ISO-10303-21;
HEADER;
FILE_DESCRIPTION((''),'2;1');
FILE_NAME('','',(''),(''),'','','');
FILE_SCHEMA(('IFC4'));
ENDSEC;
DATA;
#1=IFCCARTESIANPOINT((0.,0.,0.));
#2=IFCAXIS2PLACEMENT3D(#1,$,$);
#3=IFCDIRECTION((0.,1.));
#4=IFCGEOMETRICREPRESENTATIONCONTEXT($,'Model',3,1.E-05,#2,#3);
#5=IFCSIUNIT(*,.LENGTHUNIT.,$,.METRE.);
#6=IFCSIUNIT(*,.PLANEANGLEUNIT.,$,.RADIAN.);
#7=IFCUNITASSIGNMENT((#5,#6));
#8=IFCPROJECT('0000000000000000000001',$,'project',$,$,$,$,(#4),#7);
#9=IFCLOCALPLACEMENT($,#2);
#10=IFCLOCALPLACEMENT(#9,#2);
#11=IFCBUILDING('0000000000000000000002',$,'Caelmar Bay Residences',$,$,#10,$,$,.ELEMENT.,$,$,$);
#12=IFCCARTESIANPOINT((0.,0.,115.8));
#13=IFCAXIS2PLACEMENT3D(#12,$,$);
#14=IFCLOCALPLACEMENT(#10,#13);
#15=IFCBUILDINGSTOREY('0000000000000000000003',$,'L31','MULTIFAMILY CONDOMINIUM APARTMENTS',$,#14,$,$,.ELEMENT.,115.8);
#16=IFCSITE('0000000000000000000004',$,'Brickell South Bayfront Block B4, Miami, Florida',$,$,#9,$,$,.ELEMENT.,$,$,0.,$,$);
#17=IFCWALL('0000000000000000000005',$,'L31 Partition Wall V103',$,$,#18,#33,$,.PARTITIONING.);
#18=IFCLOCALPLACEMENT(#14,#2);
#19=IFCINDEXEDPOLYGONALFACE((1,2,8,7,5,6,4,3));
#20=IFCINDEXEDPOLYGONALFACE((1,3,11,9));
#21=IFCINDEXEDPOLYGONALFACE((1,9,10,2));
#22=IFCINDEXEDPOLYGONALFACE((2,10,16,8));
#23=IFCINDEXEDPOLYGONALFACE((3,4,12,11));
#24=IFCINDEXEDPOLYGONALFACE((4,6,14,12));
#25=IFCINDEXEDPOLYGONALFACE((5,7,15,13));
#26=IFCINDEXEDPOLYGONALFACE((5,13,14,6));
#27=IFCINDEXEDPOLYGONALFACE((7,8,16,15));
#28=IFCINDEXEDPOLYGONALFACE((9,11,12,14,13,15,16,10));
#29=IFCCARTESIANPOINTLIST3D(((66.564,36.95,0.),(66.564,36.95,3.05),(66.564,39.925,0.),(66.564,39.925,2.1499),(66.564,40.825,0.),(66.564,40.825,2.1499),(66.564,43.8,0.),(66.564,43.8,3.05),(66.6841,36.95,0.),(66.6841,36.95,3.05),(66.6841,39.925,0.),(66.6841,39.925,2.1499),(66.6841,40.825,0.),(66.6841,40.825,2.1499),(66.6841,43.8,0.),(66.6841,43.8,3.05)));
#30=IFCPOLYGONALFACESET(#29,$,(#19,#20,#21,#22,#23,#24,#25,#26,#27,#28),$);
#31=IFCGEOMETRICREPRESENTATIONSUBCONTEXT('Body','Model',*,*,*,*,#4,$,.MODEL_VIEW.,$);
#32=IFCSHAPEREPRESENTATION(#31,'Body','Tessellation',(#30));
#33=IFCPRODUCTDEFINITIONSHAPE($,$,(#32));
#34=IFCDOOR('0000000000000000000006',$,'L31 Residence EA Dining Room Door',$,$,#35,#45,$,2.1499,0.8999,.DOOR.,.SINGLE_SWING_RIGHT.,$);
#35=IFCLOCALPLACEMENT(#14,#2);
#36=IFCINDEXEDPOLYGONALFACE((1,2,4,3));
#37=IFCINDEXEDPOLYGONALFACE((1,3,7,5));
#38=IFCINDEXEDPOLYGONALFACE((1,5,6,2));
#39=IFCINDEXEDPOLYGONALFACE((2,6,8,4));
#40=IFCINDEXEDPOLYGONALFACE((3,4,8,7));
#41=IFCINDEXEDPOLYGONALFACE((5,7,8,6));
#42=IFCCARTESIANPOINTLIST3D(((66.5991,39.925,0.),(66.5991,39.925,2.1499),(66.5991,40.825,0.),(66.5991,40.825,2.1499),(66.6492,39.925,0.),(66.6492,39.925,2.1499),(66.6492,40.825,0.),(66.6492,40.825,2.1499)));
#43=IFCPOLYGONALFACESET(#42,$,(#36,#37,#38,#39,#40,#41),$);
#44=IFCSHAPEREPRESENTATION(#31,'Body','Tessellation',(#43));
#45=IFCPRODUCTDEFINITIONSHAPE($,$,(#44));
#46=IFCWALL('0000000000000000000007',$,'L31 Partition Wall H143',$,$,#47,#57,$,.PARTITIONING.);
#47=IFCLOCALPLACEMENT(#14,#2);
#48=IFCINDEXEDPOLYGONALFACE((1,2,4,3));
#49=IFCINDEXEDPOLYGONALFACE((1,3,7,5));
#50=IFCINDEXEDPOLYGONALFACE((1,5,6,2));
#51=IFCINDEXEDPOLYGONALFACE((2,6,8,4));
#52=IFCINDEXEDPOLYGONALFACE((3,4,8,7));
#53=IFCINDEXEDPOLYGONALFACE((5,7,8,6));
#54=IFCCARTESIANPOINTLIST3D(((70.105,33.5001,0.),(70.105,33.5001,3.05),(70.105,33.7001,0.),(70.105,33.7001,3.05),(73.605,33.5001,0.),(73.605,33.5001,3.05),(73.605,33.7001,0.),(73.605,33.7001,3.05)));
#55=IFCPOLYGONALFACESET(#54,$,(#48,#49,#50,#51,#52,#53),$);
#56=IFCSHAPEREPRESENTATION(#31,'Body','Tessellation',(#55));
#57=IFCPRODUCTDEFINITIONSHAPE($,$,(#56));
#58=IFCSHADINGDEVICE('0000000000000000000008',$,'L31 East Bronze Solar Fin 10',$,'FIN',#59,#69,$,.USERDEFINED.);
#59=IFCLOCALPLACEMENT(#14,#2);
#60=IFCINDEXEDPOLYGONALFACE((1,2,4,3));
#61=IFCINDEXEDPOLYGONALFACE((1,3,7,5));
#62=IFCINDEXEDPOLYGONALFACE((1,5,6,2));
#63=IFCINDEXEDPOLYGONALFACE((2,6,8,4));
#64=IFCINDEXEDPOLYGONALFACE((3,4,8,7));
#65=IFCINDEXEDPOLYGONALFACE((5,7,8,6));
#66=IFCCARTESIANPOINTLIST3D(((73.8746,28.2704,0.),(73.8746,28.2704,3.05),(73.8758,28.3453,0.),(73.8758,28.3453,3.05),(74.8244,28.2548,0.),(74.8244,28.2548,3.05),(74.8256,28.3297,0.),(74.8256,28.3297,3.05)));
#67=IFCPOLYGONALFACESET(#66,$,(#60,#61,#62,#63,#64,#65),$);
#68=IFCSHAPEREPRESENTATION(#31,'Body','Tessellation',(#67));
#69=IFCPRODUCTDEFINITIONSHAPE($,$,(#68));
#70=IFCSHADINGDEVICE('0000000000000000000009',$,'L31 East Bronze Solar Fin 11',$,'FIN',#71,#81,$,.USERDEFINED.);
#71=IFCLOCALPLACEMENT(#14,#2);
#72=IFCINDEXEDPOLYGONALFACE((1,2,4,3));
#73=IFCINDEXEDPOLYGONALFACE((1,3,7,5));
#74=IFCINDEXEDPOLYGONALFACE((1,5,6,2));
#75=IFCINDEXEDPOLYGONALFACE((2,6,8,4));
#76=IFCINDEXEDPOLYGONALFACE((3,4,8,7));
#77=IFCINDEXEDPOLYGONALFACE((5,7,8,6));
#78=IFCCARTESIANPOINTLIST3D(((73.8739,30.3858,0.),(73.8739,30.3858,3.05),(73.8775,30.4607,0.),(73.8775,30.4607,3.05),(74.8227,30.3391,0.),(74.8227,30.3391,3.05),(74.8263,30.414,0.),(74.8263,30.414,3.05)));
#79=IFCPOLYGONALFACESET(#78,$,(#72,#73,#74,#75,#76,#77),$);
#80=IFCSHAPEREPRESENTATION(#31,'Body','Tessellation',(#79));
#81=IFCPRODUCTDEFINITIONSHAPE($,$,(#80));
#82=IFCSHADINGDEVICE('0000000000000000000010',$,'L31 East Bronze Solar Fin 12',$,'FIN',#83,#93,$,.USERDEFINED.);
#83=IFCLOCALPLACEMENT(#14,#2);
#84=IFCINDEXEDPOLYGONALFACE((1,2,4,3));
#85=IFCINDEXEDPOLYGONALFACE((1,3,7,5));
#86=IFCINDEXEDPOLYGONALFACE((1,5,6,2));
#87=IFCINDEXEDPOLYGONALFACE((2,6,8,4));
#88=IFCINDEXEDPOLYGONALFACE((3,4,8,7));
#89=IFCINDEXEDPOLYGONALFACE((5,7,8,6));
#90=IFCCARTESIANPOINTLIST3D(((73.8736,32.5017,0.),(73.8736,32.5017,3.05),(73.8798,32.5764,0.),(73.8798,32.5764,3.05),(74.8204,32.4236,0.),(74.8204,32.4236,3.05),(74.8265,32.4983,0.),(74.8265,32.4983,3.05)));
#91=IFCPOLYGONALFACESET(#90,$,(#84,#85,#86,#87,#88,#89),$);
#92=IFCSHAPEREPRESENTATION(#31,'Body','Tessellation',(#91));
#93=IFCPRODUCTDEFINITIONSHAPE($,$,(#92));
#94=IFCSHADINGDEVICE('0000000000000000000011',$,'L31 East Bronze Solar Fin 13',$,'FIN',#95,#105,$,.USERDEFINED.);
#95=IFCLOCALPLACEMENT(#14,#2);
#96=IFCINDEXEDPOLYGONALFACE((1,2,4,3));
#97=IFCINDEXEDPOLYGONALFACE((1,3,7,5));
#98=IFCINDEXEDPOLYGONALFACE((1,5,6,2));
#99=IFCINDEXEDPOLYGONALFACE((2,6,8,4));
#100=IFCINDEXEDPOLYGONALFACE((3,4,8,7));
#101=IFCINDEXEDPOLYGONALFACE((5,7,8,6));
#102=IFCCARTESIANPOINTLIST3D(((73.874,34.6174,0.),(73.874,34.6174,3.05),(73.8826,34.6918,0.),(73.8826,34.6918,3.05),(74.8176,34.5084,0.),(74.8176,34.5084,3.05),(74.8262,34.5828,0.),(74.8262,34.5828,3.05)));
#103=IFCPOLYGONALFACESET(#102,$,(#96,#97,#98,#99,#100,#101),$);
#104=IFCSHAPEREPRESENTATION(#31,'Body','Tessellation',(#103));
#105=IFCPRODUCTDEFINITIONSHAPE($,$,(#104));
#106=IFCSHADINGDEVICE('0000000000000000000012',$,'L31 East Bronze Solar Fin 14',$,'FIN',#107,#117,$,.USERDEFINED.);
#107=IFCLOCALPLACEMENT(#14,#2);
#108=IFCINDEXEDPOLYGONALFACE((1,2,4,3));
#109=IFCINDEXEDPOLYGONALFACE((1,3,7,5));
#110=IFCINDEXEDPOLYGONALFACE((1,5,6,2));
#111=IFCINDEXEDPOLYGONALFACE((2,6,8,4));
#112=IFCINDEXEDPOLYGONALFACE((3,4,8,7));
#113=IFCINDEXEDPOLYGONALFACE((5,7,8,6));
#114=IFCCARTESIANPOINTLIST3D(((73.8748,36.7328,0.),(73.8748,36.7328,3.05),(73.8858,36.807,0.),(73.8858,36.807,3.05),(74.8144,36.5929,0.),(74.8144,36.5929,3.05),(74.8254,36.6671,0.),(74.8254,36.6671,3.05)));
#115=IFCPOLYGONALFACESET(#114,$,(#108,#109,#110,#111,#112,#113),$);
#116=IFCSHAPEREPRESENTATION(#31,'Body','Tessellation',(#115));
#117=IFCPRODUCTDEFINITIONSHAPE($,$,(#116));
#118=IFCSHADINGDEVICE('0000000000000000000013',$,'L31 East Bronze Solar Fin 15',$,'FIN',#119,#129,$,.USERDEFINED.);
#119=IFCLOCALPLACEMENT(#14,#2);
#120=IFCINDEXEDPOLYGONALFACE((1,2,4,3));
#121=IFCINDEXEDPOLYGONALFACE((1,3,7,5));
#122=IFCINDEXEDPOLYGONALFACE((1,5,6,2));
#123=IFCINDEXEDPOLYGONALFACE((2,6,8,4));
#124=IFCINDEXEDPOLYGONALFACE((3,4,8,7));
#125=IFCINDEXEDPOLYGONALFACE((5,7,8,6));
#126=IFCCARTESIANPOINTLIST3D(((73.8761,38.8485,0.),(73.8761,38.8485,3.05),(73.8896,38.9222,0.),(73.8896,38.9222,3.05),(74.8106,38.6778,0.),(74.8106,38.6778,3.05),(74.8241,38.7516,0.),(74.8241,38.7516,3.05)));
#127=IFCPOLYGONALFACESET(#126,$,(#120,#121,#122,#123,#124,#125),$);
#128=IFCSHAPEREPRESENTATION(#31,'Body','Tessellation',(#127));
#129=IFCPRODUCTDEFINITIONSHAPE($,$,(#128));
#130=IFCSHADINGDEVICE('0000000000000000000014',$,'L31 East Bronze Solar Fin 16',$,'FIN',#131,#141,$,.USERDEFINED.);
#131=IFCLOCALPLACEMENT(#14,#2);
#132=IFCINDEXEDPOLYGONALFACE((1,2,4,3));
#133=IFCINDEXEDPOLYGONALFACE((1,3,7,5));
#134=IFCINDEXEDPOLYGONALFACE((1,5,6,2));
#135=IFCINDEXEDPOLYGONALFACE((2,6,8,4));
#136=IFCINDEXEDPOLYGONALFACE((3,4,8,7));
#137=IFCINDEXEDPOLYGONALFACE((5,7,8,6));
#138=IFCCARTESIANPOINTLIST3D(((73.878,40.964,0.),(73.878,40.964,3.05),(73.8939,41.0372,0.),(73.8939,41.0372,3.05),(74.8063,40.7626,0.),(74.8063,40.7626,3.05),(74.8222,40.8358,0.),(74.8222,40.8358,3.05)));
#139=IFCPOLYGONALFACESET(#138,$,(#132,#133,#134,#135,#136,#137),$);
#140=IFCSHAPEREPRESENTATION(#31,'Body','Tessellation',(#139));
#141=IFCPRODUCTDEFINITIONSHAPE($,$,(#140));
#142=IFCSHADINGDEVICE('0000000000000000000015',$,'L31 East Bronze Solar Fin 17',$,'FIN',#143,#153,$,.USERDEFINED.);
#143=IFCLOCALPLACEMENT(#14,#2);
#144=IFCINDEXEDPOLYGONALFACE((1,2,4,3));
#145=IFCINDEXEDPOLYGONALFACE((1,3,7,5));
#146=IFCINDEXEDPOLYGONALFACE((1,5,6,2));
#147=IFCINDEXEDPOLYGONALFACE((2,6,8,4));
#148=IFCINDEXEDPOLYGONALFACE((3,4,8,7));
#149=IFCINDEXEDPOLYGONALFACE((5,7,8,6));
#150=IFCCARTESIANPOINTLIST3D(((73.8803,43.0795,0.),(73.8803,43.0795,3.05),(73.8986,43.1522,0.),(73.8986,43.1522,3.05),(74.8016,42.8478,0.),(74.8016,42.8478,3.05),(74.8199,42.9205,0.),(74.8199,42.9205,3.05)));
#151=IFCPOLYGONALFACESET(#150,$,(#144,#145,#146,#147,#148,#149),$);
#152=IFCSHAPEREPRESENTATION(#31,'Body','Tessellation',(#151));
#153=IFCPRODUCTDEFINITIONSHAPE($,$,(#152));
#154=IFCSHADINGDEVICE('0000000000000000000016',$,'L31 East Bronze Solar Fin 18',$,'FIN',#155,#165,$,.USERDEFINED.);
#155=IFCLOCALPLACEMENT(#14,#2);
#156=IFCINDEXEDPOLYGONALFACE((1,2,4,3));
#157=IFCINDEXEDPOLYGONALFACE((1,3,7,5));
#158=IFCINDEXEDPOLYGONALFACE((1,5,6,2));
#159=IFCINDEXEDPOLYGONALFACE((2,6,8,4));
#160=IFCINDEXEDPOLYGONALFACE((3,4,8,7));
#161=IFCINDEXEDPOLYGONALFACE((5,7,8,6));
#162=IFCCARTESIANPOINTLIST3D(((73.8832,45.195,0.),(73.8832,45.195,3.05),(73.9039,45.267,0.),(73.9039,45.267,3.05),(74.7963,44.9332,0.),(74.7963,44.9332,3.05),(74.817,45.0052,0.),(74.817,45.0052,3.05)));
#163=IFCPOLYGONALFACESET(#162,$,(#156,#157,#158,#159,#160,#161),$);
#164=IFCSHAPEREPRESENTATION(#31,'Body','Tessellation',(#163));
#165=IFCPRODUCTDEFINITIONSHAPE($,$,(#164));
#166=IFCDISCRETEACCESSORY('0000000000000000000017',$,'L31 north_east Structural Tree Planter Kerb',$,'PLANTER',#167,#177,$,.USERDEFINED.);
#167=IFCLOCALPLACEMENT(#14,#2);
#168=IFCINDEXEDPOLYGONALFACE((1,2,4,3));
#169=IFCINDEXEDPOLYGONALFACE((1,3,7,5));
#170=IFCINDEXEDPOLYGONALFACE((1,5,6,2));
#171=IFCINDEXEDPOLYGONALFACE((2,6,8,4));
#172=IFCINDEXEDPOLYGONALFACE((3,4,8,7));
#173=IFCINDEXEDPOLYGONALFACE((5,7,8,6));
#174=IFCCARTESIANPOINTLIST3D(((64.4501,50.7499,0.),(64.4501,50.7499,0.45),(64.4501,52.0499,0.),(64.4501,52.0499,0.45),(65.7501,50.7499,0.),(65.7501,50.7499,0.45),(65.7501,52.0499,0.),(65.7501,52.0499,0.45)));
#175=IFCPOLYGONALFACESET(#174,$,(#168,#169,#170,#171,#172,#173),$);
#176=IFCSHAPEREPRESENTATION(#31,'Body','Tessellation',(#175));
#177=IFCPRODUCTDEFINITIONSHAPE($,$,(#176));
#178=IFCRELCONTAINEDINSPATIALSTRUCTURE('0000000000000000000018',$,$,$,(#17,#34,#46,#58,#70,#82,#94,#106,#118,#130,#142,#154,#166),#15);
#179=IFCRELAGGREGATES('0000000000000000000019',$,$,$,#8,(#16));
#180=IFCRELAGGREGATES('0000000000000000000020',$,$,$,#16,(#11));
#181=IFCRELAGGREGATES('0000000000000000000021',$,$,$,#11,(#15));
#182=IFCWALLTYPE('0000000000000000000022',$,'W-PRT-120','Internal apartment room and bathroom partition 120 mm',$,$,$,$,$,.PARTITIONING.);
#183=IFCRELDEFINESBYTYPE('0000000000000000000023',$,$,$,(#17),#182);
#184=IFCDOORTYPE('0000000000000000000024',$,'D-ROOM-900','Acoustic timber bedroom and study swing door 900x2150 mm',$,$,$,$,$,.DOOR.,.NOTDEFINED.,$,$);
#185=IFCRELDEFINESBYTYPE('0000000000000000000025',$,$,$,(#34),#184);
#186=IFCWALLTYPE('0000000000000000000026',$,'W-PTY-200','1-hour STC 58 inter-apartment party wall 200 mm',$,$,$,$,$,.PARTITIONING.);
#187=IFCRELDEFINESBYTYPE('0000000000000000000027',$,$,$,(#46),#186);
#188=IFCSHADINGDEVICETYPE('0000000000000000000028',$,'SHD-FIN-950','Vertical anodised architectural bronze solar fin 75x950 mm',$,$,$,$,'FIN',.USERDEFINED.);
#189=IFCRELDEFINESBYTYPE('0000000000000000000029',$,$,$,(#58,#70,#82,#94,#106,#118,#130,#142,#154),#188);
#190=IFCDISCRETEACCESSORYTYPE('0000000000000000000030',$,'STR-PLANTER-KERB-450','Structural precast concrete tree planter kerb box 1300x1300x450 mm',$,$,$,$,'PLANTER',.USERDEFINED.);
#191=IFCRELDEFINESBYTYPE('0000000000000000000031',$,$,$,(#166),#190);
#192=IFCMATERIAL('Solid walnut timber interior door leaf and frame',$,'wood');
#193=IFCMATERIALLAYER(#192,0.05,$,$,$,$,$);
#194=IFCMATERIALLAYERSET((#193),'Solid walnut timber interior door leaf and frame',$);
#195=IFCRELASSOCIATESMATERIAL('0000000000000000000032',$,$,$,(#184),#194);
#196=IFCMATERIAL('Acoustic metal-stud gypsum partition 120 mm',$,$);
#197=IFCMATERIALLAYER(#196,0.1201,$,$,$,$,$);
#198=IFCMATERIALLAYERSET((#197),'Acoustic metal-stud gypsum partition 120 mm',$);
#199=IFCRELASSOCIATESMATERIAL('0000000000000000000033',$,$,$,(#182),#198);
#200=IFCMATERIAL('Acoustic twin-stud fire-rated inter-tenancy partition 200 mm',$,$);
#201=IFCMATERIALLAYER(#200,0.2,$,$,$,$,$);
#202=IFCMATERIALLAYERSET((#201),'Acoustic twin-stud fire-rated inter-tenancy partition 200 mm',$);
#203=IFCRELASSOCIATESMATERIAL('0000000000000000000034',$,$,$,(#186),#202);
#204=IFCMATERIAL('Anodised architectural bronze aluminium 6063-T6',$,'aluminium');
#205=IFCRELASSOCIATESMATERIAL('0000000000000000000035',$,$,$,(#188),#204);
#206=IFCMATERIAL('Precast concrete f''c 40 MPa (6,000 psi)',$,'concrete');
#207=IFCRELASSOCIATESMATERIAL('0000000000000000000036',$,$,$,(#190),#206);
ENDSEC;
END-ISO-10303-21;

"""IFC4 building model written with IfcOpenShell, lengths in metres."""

from ifc_helpers import new_model, si_unit, direction, frame, frame_2d, origin, origin_2d, place, context, subcontext, project, spatial, rectangle, extrude, material, layer, layer_set, material_profile, profile_set, type_object, element, fill, save


model = new_model("IFC4")

# Units and contexts
model_context = context("Model", 3, precision=1e-05, world=origin(), true_north=direction((0.0, 1.0)))
body_context = subcontext(model_context, "Body", "Model", "MODEL_VIEW")
ifc_project = project(units=[si_unit("LENGTHUNIT", "METRE"), si_unit("PLANEANGLEUNIT", "RADIAN")], contexts=[model_context])

# Site, building, storey
site_placement = place(None, origin())
site = spatial("IfcSite", under=ifc_project, at=site_placement, Name="Brickell South Bayfront Block B4, Miami, Florida", CompositionType="ELEMENT", RefElevation=0.0)
building_placement = place(site_placement, origin())
building = spatial("IfcBuilding", under=site, at=building_placement, Name="Caelmar Bay Residences", CompositionType="ELEMENT")
storey_placement = place(building_placement, frame((0.0, 0.0, 115.8)))
storey = spatial("IfcBuildingStorey", under=building, at=storey_placement, Name="L31", Description="MULTIFAMILY CONDOMINIUM APARTMENTS", CompositionType="ELEMENT", Elevation=115.8)

# Shared definitions
ifc_material_1 = material(Name="Precast concrete f'c 40 MPa (6,000 psi)", Category="concrete")

# Wall, opening, door
ifc_material_2 = material(Name="Solid walnut timber interior door leaf and frame", Category="wood")
ifc_layer_1 = layer(ifc_material_2, 0.05)
ifc_layer_set_1 = layer_set([ifc_layer_1], Name="Solid walnut timber interior door leaf and frame")
door_type_1 = type_object("IfcDoorType", Name="D-ROOM-900", Description="Acoustic timber bedroom and study swing door 900x2150 mm", OperationType="NOTDEFINED", PredefinedType="DOOR", material=ifc_layer_set_1)
ifc_material_3 = material(Name="Acoustic metal-stud gypsum partition 120 mm")
ifc_layer_2 = layer(ifc_material_3, 0.1201)
ifc_layer_set_2 = layer_set([ifc_layer_2], Name="Acoustic metal-stud gypsum partition 120 mm")
wall_type_1 = type_object("IfcWallType", Name="W-PRT-120", Description="Internal apartment room and bathroom partition 120 mm", PredefinedType="PARTITIONING", material=ifc_layer_set_2)
wall_1_placement = place(storey_placement, frame((66.624, 36.95, 0.0), z_axis=(0.0, 0.0, 1.0), x_axis=(0.0, 1.0, 0.0)))
wall_1 = element("IfcWall", 1, at=wall_1_placement, inside=storey, type_object=wall_type_1, Name="L31 Partition Wall V103", PredefinedType="PARTITIONING", context=body_context, shape_type="SweptSolid", body=[
    extrude(rectangle(XDim=6.8501, YDim=0.1201, at=frame_2d((3.425, 0.0))), origin(), (0.0, 0.0, 1.0), 3.05),
])
opening_1_placement = place(wall_1_placement, frame((2.9751, 0.0, 0.0)))
opening_1 = element("IfcOpeningElement", 2, at=opening_1_placement, cuts=wall_1, PredefinedType="OPENING", context=body_context, shape_type="SweptSolid", body=[
    extrude(rectangle(XDim=0.8999, YDim=2.1499, at=frame_2d((0.45, 1.075))), frame((0.0, 0.0701, 0.0), z_axis=(0.0, -1.0, 0.0), x_axis=(1.0, 0.0, 0.0)), (0.0, 0.0, 1.0), 0.1401),
])
door_1_placement = place(opening_1_placement, origin())
door_1 = element("IfcDoor", 3, at=door_1_placement, inside=storey, type_object=door_type_1, Name="L31 Residence EA Dining Room Door", OperationType="SINGLE_SWING_RIGHT", OverallHeight=2.1499, OverallWidth=0.8999, PredefinedType="DOOR", context=body_context, shape_type="SweptSolid", body=[
    extrude(rectangle(XDim=0.8999, YDim=2.1499, at=frame_2d((0.45, 1.075))), frame((0.0, 0.0249, 0.0), z_axis=(0.0, -1.0, 0.0), x_axis=(1.0, 0.0, 0.0)), (0.0, 0.0, 1.0), 0.05),
])
fill(opening_1, door_1)

# Wall
ifc_material_4 = material(Name="Acoustic twin-stud fire-rated inter-tenancy partition 200 mm")
ifc_layer_3 = layer(ifc_material_4, 0.2)
ifc_layer_set_3 = layer_set([ifc_layer_3], Name="Acoustic twin-stud fire-rated inter-tenancy partition 200 mm")
wall_type_2 = type_object("IfcWallType", Name="W-PTY-200", Description="1-hour STC 58 inter-apartment party wall 200 mm", PredefinedType="PARTITIONING", material=ifc_layer_set_3)
wall_2_placement = place(storey_placement, frame((70.105, 33.6001, 0.0), z_axis=(0.0, 0.0, 1.0), x_axis=(1.0, 0.0, 0.0)))
element("IfcWall", 4, at=wall_2_placement, inside=storey, type_object=wall_type_2, Name="L31 Partition Wall H143", PredefinedType="PARTITIONING", context=body_context, shape_type="SweptSolid", body=[
    extrude(rectangle(XDim=3.5, YDim=0.2, at=frame_2d((1.75, 0.0))), origin(), (0.0, 0.0, 1.0), 3.05),
])

# Shading devices
ifc_material_5 = material(Name="Anodised architectural bronze aluminium 6063-T6", Category="aluminium")
ifc_material_profile_1 = material_profile(ifc_material_5, rectangle(XDim=0.075, YDim=0.95, at=origin_2d()), Name="BRONZE-FIN-75X950")
ifc_profile_set_1 = profile_set([ifc_material_profile_1], Name="Anodised architectural bronze aluminium 6063-T6")
shading_device_type = type_object("IfcShadingDeviceType", Name="SHD-FIN-950", Description="Vertical anodised architectural bronze solar fin 75x950 mm", ElementType="FIN", PredefinedType="USERDEFINED", material=ifc_profile_set_1)
for number, where, z_axis, x_axis, name in (
    (5, (74.3501, 28.3, 0.0), (0.0, 0.0, 1.0), (0.016405, 0.999865, 0.0), "L31 East Bronze Solar Fin 10"),
    (6, (74.3501, 30.3999, 0.0), (0.0, 0.0, 1.0), (0.049198, 0.998789, 0.0), "L31 East Bronze Solar Fin 11"),
    (7, (74.3501, 32.5, 0.0), (0.0, 0.0, 1.0), (0.082112, 0.996623, 0.0), "L31 East Bronze Solar Fin 12"),
    (8, (74.3501, 34.6001, 0.0), (0.0, 0.0, 1.0), (0.114764, 0.993393, 0.0), "L31 East Bronze Solar Fin 13"),
    (9, (74.3501, 36.7, 0.0), (0.0, 0.0, 1.0), (0.147292, 0.989093, 0.0), "L31 East Bronze Solar Fin 14"),
    (10, (74.3501, 38.8, 0.0), (0.0, 0.0, 1.0), (0.179661, 0.983729, 0.0), "L31 East Bronze Solar Fin 15"),
    (11, (74.3501, 40.8999, 0.0), (0.0, 0.0, 1.0), (0.212007, 0.977268, 0.0), "L31 East Bronze Solar Fin 16"),
    (12, (74.3501, 43.0, 0.0), (0.0, 0.0, 1.0), (0.243954, 0.969787, 0.0), "L31 East Bronze Solar Fin 17"),
    (13, (74.3501, 45.1001, 0.0), (0.0, 0.0, 1.0), (0.275637, 0.961262, 0.0), "L31 East Bronze Solar Fin 18"),
):
    element("IfcShadingDevice", number, at=place(storey_placement, frame(where, z_axis=z_axis, x_axis=x_axis)), inside=storey, type_object=shading_device_type, Name=name, ObjectType="FIN", PredefinedType="USERDEFINED", context=body_context, shape_type="SweptSolid", body=[
        extrude(rectangle(XDim=0.075, YDim=0.95, at=origin_2d()), origin(), (0.0, 0.0, 1.0), 3.05),
    ])

# Discrete accessory
discrete_accessory_type = type_object("IfcDiscreteAccessoryType", Name="STR-PLANTER-KERB-450", Description="Structural precast concrete tree planter kerb box 1300x1300x450 mm", ElementType="PLANTER", PredefinedType="USERDEFINED", material=ifc_material_1)
discrete_accessory_placement = place(storey_placement, frame((65.1001, 51.3999, 0.0), z_axis=(0.0, 0.0, 1.0), x_axis=(1.0, 0.0, 0.0)))
element("IfcDiscreteAccessory", 14, at=discrete_accessory_placement, inside=storey, type_object=discrete_accessory_type, Name="L31 north_east Structural Tree Planter Kerb", ObjectType="PLANTER", PredefinedType="USERDEFINED", context=body_context, shape_type="SweptSolid", body=[
    extrude(rectangle(XDim=1.3, YDim=1.3, at=origin_2d()), origin(), (0.0, 0.0, 1.0), 0.45),
])

save(model, "model.ifc")
